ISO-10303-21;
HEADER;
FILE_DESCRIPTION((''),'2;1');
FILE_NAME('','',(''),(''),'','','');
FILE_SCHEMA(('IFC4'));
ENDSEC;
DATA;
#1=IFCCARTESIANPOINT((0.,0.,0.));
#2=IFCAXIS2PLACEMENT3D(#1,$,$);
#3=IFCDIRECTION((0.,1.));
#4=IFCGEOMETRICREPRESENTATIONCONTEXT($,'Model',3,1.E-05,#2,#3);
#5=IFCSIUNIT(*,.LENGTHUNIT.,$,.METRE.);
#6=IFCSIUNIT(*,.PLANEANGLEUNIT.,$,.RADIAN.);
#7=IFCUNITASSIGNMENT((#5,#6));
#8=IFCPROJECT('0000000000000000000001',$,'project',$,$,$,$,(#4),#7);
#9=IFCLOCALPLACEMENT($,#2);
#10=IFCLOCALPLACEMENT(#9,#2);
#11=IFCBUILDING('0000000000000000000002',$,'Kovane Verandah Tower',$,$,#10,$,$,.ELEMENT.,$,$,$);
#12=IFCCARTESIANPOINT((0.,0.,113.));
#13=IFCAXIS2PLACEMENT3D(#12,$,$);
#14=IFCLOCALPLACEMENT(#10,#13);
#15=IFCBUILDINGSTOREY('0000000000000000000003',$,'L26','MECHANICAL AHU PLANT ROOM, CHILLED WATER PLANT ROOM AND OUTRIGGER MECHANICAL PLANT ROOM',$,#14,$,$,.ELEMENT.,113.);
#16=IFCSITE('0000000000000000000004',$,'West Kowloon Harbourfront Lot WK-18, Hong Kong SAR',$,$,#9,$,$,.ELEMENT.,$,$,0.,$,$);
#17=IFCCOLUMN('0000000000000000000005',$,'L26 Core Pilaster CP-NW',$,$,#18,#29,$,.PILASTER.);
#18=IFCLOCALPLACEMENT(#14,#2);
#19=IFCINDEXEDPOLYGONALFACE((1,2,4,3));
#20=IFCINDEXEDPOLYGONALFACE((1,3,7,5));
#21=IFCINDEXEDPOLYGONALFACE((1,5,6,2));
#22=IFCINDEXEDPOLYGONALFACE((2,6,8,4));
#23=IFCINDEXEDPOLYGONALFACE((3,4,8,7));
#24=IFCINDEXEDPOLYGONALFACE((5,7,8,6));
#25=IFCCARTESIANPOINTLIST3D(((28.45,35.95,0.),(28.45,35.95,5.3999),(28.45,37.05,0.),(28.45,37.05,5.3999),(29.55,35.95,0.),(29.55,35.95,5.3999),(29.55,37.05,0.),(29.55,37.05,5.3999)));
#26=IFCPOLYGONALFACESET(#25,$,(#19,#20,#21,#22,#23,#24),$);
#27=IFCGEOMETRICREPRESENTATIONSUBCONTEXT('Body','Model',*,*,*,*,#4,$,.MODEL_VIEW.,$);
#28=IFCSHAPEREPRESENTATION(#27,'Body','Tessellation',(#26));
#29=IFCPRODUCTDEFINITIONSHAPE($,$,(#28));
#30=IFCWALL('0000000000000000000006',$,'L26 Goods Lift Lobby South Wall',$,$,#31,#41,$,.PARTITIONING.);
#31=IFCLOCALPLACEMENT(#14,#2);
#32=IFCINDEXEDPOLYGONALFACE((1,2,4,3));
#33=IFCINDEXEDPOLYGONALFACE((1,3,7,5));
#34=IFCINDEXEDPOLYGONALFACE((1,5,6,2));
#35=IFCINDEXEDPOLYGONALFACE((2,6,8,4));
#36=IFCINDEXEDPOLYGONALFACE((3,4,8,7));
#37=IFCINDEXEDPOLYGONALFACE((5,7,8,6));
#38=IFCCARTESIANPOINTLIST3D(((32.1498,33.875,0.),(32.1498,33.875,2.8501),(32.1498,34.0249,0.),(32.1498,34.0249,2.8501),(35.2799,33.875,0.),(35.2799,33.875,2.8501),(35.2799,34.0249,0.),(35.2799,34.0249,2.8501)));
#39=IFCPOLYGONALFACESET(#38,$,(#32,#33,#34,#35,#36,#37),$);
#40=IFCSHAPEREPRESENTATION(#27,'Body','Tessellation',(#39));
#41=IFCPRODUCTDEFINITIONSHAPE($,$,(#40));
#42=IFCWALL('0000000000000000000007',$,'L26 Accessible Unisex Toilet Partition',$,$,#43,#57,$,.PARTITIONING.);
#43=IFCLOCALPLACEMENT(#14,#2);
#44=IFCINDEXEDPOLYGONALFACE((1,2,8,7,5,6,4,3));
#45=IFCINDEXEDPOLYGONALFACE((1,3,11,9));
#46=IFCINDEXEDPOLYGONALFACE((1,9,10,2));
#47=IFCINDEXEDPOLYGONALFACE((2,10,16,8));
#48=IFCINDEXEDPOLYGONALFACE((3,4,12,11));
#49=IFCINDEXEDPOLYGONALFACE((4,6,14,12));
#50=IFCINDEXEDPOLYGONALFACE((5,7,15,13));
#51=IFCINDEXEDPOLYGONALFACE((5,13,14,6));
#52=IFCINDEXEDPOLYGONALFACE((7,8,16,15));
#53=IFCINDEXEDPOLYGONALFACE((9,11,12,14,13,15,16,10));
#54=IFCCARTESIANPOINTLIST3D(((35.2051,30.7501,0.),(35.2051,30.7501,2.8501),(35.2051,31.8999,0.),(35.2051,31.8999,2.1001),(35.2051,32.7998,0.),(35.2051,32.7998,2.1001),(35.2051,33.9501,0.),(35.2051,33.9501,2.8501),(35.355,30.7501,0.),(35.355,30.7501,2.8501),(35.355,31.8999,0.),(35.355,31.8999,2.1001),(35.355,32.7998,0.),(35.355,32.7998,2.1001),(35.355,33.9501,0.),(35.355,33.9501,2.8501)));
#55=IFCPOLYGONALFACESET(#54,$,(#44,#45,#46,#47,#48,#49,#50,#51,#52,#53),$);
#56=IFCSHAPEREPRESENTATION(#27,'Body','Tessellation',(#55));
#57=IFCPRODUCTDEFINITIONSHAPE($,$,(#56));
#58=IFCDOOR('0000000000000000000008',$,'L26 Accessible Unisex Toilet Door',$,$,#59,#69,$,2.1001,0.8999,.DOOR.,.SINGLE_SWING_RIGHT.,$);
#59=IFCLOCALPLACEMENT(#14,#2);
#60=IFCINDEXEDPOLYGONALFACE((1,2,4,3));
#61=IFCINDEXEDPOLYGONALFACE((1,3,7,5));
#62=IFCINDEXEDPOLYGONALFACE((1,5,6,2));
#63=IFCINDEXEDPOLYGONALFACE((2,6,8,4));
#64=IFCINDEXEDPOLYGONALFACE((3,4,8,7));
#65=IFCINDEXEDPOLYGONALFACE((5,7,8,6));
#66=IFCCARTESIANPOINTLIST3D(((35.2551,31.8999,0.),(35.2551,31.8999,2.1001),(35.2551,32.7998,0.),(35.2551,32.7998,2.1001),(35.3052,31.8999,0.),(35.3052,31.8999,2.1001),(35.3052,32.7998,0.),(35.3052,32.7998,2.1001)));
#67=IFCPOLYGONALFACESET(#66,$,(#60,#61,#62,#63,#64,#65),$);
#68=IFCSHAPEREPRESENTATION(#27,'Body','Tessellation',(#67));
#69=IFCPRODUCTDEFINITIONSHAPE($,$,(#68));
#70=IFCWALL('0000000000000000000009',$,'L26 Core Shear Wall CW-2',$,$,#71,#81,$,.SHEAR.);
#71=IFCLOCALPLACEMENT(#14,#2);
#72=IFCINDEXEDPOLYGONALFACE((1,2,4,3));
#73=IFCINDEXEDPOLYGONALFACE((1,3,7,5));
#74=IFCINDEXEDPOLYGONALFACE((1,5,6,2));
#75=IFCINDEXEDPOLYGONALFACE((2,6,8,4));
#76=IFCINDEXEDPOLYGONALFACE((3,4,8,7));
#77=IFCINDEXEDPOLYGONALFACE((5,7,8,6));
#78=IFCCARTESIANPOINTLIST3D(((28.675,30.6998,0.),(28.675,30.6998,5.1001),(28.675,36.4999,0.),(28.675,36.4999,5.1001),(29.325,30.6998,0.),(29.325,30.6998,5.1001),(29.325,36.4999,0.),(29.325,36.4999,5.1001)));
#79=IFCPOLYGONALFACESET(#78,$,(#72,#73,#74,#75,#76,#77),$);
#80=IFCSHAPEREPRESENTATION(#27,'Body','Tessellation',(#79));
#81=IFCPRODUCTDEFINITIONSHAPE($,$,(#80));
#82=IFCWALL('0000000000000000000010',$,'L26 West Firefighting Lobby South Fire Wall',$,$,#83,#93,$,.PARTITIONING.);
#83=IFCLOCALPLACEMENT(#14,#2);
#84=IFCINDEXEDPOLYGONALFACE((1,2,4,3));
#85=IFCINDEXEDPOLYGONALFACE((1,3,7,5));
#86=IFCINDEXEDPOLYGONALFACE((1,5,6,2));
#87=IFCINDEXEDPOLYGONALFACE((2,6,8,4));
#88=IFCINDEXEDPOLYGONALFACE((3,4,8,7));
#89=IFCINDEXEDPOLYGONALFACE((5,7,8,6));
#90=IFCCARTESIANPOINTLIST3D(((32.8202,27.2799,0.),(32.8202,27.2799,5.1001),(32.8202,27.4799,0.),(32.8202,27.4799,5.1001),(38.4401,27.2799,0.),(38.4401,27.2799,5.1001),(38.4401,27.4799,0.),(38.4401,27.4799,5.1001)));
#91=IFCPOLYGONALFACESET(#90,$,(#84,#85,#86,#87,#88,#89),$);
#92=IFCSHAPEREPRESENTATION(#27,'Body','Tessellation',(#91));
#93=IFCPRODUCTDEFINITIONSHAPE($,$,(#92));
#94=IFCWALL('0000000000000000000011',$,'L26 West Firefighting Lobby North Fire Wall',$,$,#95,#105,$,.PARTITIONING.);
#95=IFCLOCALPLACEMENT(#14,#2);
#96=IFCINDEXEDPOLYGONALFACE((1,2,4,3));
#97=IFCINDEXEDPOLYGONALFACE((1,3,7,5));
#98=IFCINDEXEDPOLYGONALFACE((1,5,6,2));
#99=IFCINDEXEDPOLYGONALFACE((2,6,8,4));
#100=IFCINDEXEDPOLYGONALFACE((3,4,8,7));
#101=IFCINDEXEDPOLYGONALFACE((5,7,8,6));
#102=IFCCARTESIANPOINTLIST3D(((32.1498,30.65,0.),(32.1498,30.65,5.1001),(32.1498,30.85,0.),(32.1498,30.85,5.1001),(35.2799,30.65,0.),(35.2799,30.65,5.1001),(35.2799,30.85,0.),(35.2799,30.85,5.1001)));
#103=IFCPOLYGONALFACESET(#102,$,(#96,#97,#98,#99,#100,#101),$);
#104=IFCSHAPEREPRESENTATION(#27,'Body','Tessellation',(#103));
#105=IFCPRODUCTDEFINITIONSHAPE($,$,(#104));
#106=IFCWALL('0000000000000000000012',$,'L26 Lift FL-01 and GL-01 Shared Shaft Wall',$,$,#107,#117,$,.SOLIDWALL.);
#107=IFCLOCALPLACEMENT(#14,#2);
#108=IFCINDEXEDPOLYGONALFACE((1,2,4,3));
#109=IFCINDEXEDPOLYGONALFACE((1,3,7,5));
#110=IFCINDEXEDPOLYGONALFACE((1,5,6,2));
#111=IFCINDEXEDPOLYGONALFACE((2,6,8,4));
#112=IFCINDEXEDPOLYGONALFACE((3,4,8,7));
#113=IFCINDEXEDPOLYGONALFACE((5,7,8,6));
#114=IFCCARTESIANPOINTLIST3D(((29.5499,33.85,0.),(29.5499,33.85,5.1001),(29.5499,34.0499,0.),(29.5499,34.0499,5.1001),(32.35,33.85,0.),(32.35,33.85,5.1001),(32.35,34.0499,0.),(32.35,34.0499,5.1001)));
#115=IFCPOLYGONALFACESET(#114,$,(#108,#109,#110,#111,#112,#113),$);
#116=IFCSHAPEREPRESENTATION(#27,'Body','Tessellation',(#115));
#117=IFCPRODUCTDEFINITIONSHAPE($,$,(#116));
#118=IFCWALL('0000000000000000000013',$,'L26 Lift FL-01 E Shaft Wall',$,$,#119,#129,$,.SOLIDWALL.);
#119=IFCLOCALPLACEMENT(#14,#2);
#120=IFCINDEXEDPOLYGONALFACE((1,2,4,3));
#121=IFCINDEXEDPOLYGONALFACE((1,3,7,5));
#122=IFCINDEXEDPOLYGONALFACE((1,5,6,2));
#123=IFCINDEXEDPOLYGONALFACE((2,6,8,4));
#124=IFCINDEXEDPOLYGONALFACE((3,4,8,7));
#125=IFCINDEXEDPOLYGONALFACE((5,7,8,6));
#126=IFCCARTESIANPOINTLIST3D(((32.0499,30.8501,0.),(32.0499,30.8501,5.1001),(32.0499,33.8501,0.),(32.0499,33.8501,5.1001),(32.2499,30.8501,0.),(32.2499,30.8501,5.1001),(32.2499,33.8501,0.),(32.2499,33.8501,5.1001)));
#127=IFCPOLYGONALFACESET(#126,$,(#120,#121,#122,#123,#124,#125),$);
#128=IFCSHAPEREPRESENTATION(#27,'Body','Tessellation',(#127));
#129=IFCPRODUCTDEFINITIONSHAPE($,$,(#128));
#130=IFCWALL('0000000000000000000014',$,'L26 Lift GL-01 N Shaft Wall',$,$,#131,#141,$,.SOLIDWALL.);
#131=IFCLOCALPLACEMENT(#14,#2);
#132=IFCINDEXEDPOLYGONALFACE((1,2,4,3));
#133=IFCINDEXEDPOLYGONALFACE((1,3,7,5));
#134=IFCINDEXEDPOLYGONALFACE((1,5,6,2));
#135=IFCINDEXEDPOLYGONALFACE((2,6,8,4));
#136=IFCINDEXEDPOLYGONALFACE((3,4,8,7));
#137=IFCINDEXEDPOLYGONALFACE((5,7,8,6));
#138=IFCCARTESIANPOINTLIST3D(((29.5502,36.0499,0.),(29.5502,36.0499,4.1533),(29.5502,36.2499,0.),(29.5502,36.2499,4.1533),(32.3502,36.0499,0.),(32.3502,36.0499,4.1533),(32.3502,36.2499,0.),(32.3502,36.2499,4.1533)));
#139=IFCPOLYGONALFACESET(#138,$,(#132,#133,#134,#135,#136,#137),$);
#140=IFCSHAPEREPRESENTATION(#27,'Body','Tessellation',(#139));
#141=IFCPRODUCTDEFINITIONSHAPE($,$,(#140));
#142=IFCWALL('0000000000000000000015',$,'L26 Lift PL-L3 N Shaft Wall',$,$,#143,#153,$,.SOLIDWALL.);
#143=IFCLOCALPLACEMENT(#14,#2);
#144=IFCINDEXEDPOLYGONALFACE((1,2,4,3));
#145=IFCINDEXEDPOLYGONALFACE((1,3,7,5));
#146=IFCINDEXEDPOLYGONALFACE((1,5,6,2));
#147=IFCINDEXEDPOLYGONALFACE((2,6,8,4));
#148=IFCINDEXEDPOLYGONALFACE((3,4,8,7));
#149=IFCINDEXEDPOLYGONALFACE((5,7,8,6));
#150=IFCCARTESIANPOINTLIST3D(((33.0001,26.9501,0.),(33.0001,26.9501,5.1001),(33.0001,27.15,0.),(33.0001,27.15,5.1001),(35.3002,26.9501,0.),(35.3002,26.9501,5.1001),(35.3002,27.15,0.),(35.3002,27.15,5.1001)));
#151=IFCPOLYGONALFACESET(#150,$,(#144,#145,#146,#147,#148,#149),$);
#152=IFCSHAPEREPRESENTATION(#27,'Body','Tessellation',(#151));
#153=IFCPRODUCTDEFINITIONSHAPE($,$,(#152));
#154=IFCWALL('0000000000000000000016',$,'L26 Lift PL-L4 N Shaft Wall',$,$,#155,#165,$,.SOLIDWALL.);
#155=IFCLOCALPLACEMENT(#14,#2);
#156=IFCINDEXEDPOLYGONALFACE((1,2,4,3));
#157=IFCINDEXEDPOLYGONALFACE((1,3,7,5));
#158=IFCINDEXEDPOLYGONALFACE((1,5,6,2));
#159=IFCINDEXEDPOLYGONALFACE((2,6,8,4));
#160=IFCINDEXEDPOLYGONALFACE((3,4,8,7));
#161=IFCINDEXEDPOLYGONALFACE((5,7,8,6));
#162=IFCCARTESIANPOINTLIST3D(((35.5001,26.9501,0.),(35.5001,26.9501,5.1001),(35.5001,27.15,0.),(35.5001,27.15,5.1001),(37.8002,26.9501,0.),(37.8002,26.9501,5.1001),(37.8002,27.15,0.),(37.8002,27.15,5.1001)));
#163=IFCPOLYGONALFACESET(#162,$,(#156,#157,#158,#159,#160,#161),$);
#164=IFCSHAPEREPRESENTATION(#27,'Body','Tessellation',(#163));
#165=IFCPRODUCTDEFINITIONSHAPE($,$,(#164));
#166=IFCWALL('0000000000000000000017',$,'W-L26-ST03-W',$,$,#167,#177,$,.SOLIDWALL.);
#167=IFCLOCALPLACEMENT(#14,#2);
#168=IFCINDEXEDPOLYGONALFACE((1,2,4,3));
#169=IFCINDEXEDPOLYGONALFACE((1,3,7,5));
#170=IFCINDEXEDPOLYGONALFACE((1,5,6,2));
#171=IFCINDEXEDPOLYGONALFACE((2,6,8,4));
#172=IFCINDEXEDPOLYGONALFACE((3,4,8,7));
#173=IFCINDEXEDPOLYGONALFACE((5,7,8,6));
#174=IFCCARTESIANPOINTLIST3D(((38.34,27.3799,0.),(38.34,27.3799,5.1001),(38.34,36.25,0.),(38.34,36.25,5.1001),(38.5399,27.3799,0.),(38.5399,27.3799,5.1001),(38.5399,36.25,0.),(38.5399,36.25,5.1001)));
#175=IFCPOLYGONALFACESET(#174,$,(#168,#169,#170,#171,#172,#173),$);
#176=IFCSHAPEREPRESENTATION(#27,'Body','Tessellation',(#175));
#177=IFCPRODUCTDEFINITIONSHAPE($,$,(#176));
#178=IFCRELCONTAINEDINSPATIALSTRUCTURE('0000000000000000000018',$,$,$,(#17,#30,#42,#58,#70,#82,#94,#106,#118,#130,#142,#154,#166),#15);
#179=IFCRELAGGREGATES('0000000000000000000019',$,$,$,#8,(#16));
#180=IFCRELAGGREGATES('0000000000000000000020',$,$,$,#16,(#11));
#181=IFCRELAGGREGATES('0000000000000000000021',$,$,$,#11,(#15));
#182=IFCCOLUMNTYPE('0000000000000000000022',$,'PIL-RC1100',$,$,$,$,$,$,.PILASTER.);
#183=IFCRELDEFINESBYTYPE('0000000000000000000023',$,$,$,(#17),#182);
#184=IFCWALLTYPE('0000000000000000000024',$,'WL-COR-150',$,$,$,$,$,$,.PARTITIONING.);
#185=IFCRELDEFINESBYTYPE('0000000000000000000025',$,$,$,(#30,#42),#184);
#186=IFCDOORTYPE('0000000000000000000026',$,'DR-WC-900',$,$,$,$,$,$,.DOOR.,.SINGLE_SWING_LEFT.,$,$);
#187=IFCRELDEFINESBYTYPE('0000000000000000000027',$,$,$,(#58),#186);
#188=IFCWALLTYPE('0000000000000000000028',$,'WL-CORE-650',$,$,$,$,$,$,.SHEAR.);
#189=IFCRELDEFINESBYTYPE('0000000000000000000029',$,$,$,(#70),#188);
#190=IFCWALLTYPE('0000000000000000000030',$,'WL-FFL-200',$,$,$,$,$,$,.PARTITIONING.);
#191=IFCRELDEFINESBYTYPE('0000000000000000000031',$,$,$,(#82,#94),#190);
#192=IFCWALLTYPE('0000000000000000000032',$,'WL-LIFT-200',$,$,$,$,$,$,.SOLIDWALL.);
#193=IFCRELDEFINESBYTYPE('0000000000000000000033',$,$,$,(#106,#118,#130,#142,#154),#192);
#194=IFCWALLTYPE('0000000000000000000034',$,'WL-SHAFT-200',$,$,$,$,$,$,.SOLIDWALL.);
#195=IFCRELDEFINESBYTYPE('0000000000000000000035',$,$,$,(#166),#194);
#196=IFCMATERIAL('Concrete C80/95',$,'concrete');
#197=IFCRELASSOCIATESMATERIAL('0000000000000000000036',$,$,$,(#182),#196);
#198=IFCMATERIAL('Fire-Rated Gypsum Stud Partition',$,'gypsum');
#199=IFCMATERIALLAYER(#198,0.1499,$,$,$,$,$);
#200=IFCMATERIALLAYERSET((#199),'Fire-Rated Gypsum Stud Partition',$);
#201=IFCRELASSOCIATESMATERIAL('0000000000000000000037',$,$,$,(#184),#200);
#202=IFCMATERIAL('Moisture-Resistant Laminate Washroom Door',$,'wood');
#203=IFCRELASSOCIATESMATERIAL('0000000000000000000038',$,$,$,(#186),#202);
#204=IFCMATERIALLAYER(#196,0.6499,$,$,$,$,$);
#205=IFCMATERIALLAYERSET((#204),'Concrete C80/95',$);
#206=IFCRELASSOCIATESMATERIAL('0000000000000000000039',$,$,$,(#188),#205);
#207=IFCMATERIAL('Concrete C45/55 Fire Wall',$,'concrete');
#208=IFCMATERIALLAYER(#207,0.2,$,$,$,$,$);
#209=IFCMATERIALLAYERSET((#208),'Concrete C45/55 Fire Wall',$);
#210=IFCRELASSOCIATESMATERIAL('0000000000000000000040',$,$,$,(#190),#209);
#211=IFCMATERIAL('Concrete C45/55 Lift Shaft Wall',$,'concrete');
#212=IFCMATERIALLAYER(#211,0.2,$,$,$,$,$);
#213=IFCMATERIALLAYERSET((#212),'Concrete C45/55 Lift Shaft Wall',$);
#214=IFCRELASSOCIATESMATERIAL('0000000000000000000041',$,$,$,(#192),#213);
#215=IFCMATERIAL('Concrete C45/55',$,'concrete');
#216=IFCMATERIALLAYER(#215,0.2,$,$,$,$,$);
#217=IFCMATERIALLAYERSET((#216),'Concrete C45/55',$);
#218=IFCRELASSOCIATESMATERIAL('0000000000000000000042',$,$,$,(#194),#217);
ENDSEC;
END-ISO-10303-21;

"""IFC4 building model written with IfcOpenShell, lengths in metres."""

from ifc_helpers import new_model, si_unit, direction, frame, frame_2d, origin, origin_2d, place, context, subcontext, project, spatial, rectangle, extrude, material, layer, layer_set, material_profile, profile_set, type_object, element, fill, save


model = new_model("IFC4")

# Units and contexts
model_context = context("Model", 3, precision=1e-05, world=origin(), true_north=direction((0.0, 1.0)))
body_context = subcontext(model_context, "Body", "Model", "MODEL_VIEW")
ifc_project = project(units=[si_unit("LENGTHUNIT", "METRE"), si_unit("PLANEANGLEUNIT", "RADIAN")], contexts=[model_context])

# Site, building, storey
site_placement = place(None, origin())
site = spatial("IfcSite", under=ifc_project, at=site_placement, Name="West Kowloon Harbourfront Lot WK-18, Hong Kong SAR", CompositionType="ELEMENT", RefElevation=0.0)
building_placement = place(site_placement, origin())
building = spatial("IfcBuilding", under=site, at=building_placement, Name="Kovane Verandah Tower", CompositionType="ELEMENT")
storey_placement = place(building_placement, frame((0.0, 0.0, 113.0)))
storey = spatial("IfcBuildingStorey", under=building, at=storey_placement, Name="L26", Description="MECHANICAL AHU PLANT ROOM, CHILLED WATER PLANT ROOM AND OUTRIGGER MECHANICAL PLANT ROOM", CompositionType="ELEMENT", Elevation=113.0)

# Column
ifc_material_1 = material(Name="Concrete C80/95", Category="concrete")
ifc_material_profile = material_profile(ifc_material_1, rectangle(XDim=1.1001, YDim=1.1001, at=origin_2d()), Name="RC1100x1100")
ifc_profile_set = profile_set([ifc_material_profile], Name="Concrete C80/95")
column_type = type_object("IfcColumnType", Name="PIL-RC1100", PredefinedType="PILASTER", material=ifc_profile_set)
column_placement = place(storey_placement, frame((29.0, 36.5, 0.0), z_axis=(0.0, 0.0, 1.0), x_axis=(1.0, 0.0, 0.0)))
element("IfcColumn", 1, at=column_placement, inside=storey, type_object=column_type, Name="L26 Core Pilaster CP-NW", PredefinedType="PILASTER", context=body_context, shape_type="SweptSolid", body=[
    extrude(rectangle(XDim=1.1001, YDim=1.1001, at=origin_2d()), origin(), (0.0, 0.0, 1.0), 5.3999),
])

# Wall
ifc_material_2 = material(Name="Fire-Rated Gypsum Stud Partition", Category="gypsum")
ifc_layer_1 = layer(ifc_material_2, 0.1499)
ifc_layer_set_1 = layer_set([ifc_layer_1], Name="Fire-Rated Gypsum Stud Partition")
wall_type_1 = type_object("IfcWallType", Name="WL-COR-150", PredefinedType="PARTITIONING", material=ifc_layer_set_1)
wall_1_placement = place(storey_placement, frame((32.1499, 33.95, 0.0), z_axis=(0.0, 0.0, 1.0), x_axis=(1.0, 0.0, 0.0)))
element("IfcWall", 2, at=wall_1_placement, inside=storey, type_object=wall_type_1, Name="L26 Goods Lift Lobby South Wall", PredefinedType="PARTITIONING", context=body_context, shape_type="SweptSolid", body=[
    extrude(rectangle(XDim=3.1301, YDim=0.1499, at=frame_2d((1.5649, 0.0))), origin(), (0.0, 0.0, 1.0), 2.8501),
])

# Wall, opening, door
wall_2_placement = place(storey_placement, frame((35.28, 30.75, 0.0), z_axis=(0.0, 0.0, 1.0), x_axis=(0.0, 1.0, 0.0)))
wall_2 = element("IfcWall", 3, at=wall_2_placement, inside=storey, type_object=wall_type_1, Name="L26 Accessible Unisex Toilet Partition", PredefinedType="PARTITIONING", context=body_context, shape_type="SweptSolid", body=[
    extrude(rectangle(XDim=3.2, YDim=0.1499, at=frame_2d((1.6001, 0.0))), origin(), (0.0, 0.0, 1.0), 2.8501),
])
opening_1_placement = place(wall_2_placement, frame((1.1499, 0.0, 0.0)))
opening_1 = element("IfcOpeningElement", 4, at=opening_1_placement, cuts=wall_2, PredefinedType="OPENING", context=body_context, shape_type="SweptSolid", body=[
    extrude(rectangle(XDim=0.8999, YDim=2.1001, at=frame_2d((0.45, 1.05))), frame((0.0, 0.075, 0.0), z_axis=(0.0, -1.0, 0.0), x_axis=(1.0, 0.0, 0.0)), (0.0, 0.0, 1.0), 0.1499),
])
ifc_material_3 = material(Name="Moisture-Resistant Laminate Washroom Door", Category="wood")
door_type_1 = type_object("IfcDoorType", Name="DR-WC-900", OperationType="SINGLE_SWING_LEFT", PredefinedType="DOOR", material=ifc_material_3)
door_1_placement = place(opening_1_placement, origin())
door_1 = element("IfcDoor", 5, at=door_1_placement, inside=storey, type_object=door_type_1, Name="L26 Accessible Unisex Toilet Door", OperationType="SINGLE_SWING_RIGHT", OverallHeight=2.1001, OverallWidth=0.8999, PredefinedType="DOOR", context=body_context, shape_type="SweptSolid", body=[
    extrude(rectangle(XDim=0.8999, YDim=2.1001, at=frame_2d((0.45, 1.05))), frame((0.0, 0.0249, 0.0), z_axis=(0.0, -1.0, 0.0), x_axis=(1.0, 0.0, 0.0)), (0.0, 0.0, 1.0), 0.05),
])
fill(opening_1, door_1)

# Wall
ifc_layer_2 = layer(ifc_material_1, 0.6499)
ifc_layer_set_2 = layer_set([ifc_layer_2], Name="Concrete C80/95")
wall_type_2 = type_object("IfcWallType", Name="WL-CORE-650", PredefinedType="SHEAR", material=ifc_layer_set_2)
wall_3_placement = place(storey_placement, frame((29.0, 30.7, 0.0), z_axis=(0.0, 0.0, 1.0), x_axis=(0.0, 1.0, 0.0)))
element("IfcWall", 6, at=wall_3_placement, inside=storey, type_object=wall_type_2, Name="L26 Core Shear Wall CW-2", PredefinedType="SHEAR", context=body_context, shape_type="SweptSolid", body=[
    extrude(rectangle(XDim=5.8, YDim=0.6499, at=frame_2d((2.8999, 0.0))), origin(), (0.0, 0.0, 1.0), 5.1001),
])

# Shared definitions
ifc_material_4 = material(Name="Concrete C45/55 Fire Wall", Category="concrete")
ifc_layer_3 = layer(ifc_material_4, 0.2)
ifc_layer_set_3 = layer_set([ifc_layer_3], Name="Concrete C45/55 Fire Wall")
wall_type_3 = type_object("IfcWallType", Name="WL-FFL-200", PredefinedType="PARTITIONING", material=ifc_layer_set_3)

# Walls
wall_4_placement = place(storey_placement, frame((32.8201, 27.3799, 0.0), z_axis=(0.0, 0.0, 1.0), x_axis=(1.0, 0.0, 0.0)))
element("IfcWall", 7, at=wall_4_placement, inside=storey, type_object=wall_type_3, Name="L26 West Firefighting Lobby South Fire Wall", PredefinedType="PARTITIONING", context=body_context, shape_type="SweptSolid", body=[
    extrude(rectangle(XDim=5.6199, YDim=0.2, at=frame_2d((2.8101, 0.0))), origin(), (0.0, 0.0, 1.0), 5.1001),
])
wall_5_placement = place(storey_placement, frame((32.1499, 30.75, 0.0), z_axis=(0.0, 0.0, 1.0), x_axis=(1.0, 0.0, 0.0)))
element("IfcWall", 8, at=wall_5_placement, inside=storey, type_object=wall_type_3, Name="L26 West Firefighting Lobby North Fire Wall", PredefinedType="PARTITIONING", context=body_context, shape_type="SweptSolid", body=[
    extrude(rectangle(XDim=3.1301, YDim=0.2, at=frame_2d((1.5649, 0.0))), origin(), (0.0, 0.0, 1.0), 5.1001),
])

# Shared definitions
ifc_material_5 = material(Name="Concrete C45/55 Lift Shaft Wall", Category="concrete")
ifc_layer_4 = layer(ifc_material_5, 0.2)
ifc_layer_set_4 = layer_set([ifc_layer_4], Name="Concrete C45/55 Lift Shaft Wall")
wall_type_4 = type_object("IfcWallType", Name="WL-LIFT-200", PredefinedType="SOLIDWALL", material=ifc_layer_set_4)

# Walls
wall_6_placement = place(storey_placement, frame((29.55, 33.95, 0.0), z_axis=(0.0, 0.0, 1.0), x_axis=(1.0, 0.0, 0.0)))
element("IfcWall", 9, at=wall_6_placement, inside=storey, type_object=wall_type_4, Name="L26 Lift FL-01 and GL-01 Shared Shaft Wall", PredefinedType="SOLIDWALL", context=body_context, shape_type="SweptSolid", body=[
    extrude(rectangle(XDim=2.8, YDim=0.2, at=frame_2d((1.3999, 0.0))), origin(), (0.0, 0.0, 1.0), 5.1001),
])
wall_7_placement = place(storey_placement, frame((32.1499, 30.8501, 0.0), z_axis=(0.0, 0.0, 1.0), x_axis=(0.0, 1.0, 0.0)))
element("IfcWall", 10, at=wall_7_placement, inside=storey, type_object=wall_type_4, Name="L26 Lift FL-01 E Shaft Wall", PredefinedType="SOLIDWALL", context=body_context, shape_type="SweptSolid", body=[
    extrude(rectangle(XDim=3.0, YDim=0.2, at=frame_2d((1.5, 0.0))), origin(), (0.0, 0.0, 1.0), 5.1001),
])
wall_8_placement = place(storey_placement, frame((32.3501, 36.1499, 0.0), z_axis=(0.0, 0.0, 1.0), x_axis=(-1.0, 0.0, 0.0)))
element("IfcWall", 11, at=wall_8_placement, inside=storey, type_object=wall_type_4, Name="L26 Lift GL-01 N Shaft Wall", PredefinedType="SOLIDWALL", context=body_context, shape_type="SweptSolid", body=[
    extrude(rectangle(XDim=2.8, YDim=0.2, at=frame_2d((1.3999, 0.0))), origin(), (0.0, 0.0, 1.0), 4.1533),
])

# Walls
for number, where, z_axis, x_axis, name in (
    (12, (35.3, 27.05, 0.0), (0.0, 0.0, 1.0), (-1.0, 0.0, 0.0), "L26 Lift PL-L3 N Shaft Wall"),
    (13, (37.8, 27.05, 0.0), (0.0, 0.0, 1.0), (-1.0, 0.0, 0.0), "L26 Lift PL-L4 N Shaft Wall"),
):
    element("IfcWall", number, at=place(storey_placement, frame(where, z_axis=z_axis, x_axis=x_axis)), inside=storey, type_object=wall_type_4, Name=name, PredefinedType="SOLIDWALL", context=body_context, shape_type="SweptSolid", body=[
        extrude(rectangle(XDim=2.3, YDim=0.2, at=frame_2d((1.1499, 0.0))), origin(), (0.0, 0.0, 1.0), 5.1001),
    ])

# Shared definitions
ifc_material_6 = material(Name="Concrete C45/55", Category="concrete")
ifc_layer_5 = layer(ifc_material_6, 0.2)
ifc_layer_set_5 = layer_set([ifc_layer_5], Name="Concrete C45/55")
wall_type_5 = type_object("IfcWallType", Name="WL-SHAFT-200", PredefinedType="SOLIDWALL", material=ifc_layer_set_5)

# Wall
wall_9_placement = place(storey_placement, frame((38.4399, 27.3799, 0.0), z_axis=(0.0, 0.0, 1.0), x_axis=(0.0, 1.0, 0.0)))
element("IfcWall", 14, at=wall_9_placement, inside=storey, type_object=wall_type_5, Name="W-L26-ST03-W", PredefinedType="SOLIDWALL", context=body_context, shape_type="SweptSolid", body=[
    extrude(rectangle(XDim=8.8701, YDim=0.2, at=frame_2d((4.4351, 0.0))), origin(), (0.0, 0.0, 1.0), 5.1001),
])

save(model, "model.ifc")
